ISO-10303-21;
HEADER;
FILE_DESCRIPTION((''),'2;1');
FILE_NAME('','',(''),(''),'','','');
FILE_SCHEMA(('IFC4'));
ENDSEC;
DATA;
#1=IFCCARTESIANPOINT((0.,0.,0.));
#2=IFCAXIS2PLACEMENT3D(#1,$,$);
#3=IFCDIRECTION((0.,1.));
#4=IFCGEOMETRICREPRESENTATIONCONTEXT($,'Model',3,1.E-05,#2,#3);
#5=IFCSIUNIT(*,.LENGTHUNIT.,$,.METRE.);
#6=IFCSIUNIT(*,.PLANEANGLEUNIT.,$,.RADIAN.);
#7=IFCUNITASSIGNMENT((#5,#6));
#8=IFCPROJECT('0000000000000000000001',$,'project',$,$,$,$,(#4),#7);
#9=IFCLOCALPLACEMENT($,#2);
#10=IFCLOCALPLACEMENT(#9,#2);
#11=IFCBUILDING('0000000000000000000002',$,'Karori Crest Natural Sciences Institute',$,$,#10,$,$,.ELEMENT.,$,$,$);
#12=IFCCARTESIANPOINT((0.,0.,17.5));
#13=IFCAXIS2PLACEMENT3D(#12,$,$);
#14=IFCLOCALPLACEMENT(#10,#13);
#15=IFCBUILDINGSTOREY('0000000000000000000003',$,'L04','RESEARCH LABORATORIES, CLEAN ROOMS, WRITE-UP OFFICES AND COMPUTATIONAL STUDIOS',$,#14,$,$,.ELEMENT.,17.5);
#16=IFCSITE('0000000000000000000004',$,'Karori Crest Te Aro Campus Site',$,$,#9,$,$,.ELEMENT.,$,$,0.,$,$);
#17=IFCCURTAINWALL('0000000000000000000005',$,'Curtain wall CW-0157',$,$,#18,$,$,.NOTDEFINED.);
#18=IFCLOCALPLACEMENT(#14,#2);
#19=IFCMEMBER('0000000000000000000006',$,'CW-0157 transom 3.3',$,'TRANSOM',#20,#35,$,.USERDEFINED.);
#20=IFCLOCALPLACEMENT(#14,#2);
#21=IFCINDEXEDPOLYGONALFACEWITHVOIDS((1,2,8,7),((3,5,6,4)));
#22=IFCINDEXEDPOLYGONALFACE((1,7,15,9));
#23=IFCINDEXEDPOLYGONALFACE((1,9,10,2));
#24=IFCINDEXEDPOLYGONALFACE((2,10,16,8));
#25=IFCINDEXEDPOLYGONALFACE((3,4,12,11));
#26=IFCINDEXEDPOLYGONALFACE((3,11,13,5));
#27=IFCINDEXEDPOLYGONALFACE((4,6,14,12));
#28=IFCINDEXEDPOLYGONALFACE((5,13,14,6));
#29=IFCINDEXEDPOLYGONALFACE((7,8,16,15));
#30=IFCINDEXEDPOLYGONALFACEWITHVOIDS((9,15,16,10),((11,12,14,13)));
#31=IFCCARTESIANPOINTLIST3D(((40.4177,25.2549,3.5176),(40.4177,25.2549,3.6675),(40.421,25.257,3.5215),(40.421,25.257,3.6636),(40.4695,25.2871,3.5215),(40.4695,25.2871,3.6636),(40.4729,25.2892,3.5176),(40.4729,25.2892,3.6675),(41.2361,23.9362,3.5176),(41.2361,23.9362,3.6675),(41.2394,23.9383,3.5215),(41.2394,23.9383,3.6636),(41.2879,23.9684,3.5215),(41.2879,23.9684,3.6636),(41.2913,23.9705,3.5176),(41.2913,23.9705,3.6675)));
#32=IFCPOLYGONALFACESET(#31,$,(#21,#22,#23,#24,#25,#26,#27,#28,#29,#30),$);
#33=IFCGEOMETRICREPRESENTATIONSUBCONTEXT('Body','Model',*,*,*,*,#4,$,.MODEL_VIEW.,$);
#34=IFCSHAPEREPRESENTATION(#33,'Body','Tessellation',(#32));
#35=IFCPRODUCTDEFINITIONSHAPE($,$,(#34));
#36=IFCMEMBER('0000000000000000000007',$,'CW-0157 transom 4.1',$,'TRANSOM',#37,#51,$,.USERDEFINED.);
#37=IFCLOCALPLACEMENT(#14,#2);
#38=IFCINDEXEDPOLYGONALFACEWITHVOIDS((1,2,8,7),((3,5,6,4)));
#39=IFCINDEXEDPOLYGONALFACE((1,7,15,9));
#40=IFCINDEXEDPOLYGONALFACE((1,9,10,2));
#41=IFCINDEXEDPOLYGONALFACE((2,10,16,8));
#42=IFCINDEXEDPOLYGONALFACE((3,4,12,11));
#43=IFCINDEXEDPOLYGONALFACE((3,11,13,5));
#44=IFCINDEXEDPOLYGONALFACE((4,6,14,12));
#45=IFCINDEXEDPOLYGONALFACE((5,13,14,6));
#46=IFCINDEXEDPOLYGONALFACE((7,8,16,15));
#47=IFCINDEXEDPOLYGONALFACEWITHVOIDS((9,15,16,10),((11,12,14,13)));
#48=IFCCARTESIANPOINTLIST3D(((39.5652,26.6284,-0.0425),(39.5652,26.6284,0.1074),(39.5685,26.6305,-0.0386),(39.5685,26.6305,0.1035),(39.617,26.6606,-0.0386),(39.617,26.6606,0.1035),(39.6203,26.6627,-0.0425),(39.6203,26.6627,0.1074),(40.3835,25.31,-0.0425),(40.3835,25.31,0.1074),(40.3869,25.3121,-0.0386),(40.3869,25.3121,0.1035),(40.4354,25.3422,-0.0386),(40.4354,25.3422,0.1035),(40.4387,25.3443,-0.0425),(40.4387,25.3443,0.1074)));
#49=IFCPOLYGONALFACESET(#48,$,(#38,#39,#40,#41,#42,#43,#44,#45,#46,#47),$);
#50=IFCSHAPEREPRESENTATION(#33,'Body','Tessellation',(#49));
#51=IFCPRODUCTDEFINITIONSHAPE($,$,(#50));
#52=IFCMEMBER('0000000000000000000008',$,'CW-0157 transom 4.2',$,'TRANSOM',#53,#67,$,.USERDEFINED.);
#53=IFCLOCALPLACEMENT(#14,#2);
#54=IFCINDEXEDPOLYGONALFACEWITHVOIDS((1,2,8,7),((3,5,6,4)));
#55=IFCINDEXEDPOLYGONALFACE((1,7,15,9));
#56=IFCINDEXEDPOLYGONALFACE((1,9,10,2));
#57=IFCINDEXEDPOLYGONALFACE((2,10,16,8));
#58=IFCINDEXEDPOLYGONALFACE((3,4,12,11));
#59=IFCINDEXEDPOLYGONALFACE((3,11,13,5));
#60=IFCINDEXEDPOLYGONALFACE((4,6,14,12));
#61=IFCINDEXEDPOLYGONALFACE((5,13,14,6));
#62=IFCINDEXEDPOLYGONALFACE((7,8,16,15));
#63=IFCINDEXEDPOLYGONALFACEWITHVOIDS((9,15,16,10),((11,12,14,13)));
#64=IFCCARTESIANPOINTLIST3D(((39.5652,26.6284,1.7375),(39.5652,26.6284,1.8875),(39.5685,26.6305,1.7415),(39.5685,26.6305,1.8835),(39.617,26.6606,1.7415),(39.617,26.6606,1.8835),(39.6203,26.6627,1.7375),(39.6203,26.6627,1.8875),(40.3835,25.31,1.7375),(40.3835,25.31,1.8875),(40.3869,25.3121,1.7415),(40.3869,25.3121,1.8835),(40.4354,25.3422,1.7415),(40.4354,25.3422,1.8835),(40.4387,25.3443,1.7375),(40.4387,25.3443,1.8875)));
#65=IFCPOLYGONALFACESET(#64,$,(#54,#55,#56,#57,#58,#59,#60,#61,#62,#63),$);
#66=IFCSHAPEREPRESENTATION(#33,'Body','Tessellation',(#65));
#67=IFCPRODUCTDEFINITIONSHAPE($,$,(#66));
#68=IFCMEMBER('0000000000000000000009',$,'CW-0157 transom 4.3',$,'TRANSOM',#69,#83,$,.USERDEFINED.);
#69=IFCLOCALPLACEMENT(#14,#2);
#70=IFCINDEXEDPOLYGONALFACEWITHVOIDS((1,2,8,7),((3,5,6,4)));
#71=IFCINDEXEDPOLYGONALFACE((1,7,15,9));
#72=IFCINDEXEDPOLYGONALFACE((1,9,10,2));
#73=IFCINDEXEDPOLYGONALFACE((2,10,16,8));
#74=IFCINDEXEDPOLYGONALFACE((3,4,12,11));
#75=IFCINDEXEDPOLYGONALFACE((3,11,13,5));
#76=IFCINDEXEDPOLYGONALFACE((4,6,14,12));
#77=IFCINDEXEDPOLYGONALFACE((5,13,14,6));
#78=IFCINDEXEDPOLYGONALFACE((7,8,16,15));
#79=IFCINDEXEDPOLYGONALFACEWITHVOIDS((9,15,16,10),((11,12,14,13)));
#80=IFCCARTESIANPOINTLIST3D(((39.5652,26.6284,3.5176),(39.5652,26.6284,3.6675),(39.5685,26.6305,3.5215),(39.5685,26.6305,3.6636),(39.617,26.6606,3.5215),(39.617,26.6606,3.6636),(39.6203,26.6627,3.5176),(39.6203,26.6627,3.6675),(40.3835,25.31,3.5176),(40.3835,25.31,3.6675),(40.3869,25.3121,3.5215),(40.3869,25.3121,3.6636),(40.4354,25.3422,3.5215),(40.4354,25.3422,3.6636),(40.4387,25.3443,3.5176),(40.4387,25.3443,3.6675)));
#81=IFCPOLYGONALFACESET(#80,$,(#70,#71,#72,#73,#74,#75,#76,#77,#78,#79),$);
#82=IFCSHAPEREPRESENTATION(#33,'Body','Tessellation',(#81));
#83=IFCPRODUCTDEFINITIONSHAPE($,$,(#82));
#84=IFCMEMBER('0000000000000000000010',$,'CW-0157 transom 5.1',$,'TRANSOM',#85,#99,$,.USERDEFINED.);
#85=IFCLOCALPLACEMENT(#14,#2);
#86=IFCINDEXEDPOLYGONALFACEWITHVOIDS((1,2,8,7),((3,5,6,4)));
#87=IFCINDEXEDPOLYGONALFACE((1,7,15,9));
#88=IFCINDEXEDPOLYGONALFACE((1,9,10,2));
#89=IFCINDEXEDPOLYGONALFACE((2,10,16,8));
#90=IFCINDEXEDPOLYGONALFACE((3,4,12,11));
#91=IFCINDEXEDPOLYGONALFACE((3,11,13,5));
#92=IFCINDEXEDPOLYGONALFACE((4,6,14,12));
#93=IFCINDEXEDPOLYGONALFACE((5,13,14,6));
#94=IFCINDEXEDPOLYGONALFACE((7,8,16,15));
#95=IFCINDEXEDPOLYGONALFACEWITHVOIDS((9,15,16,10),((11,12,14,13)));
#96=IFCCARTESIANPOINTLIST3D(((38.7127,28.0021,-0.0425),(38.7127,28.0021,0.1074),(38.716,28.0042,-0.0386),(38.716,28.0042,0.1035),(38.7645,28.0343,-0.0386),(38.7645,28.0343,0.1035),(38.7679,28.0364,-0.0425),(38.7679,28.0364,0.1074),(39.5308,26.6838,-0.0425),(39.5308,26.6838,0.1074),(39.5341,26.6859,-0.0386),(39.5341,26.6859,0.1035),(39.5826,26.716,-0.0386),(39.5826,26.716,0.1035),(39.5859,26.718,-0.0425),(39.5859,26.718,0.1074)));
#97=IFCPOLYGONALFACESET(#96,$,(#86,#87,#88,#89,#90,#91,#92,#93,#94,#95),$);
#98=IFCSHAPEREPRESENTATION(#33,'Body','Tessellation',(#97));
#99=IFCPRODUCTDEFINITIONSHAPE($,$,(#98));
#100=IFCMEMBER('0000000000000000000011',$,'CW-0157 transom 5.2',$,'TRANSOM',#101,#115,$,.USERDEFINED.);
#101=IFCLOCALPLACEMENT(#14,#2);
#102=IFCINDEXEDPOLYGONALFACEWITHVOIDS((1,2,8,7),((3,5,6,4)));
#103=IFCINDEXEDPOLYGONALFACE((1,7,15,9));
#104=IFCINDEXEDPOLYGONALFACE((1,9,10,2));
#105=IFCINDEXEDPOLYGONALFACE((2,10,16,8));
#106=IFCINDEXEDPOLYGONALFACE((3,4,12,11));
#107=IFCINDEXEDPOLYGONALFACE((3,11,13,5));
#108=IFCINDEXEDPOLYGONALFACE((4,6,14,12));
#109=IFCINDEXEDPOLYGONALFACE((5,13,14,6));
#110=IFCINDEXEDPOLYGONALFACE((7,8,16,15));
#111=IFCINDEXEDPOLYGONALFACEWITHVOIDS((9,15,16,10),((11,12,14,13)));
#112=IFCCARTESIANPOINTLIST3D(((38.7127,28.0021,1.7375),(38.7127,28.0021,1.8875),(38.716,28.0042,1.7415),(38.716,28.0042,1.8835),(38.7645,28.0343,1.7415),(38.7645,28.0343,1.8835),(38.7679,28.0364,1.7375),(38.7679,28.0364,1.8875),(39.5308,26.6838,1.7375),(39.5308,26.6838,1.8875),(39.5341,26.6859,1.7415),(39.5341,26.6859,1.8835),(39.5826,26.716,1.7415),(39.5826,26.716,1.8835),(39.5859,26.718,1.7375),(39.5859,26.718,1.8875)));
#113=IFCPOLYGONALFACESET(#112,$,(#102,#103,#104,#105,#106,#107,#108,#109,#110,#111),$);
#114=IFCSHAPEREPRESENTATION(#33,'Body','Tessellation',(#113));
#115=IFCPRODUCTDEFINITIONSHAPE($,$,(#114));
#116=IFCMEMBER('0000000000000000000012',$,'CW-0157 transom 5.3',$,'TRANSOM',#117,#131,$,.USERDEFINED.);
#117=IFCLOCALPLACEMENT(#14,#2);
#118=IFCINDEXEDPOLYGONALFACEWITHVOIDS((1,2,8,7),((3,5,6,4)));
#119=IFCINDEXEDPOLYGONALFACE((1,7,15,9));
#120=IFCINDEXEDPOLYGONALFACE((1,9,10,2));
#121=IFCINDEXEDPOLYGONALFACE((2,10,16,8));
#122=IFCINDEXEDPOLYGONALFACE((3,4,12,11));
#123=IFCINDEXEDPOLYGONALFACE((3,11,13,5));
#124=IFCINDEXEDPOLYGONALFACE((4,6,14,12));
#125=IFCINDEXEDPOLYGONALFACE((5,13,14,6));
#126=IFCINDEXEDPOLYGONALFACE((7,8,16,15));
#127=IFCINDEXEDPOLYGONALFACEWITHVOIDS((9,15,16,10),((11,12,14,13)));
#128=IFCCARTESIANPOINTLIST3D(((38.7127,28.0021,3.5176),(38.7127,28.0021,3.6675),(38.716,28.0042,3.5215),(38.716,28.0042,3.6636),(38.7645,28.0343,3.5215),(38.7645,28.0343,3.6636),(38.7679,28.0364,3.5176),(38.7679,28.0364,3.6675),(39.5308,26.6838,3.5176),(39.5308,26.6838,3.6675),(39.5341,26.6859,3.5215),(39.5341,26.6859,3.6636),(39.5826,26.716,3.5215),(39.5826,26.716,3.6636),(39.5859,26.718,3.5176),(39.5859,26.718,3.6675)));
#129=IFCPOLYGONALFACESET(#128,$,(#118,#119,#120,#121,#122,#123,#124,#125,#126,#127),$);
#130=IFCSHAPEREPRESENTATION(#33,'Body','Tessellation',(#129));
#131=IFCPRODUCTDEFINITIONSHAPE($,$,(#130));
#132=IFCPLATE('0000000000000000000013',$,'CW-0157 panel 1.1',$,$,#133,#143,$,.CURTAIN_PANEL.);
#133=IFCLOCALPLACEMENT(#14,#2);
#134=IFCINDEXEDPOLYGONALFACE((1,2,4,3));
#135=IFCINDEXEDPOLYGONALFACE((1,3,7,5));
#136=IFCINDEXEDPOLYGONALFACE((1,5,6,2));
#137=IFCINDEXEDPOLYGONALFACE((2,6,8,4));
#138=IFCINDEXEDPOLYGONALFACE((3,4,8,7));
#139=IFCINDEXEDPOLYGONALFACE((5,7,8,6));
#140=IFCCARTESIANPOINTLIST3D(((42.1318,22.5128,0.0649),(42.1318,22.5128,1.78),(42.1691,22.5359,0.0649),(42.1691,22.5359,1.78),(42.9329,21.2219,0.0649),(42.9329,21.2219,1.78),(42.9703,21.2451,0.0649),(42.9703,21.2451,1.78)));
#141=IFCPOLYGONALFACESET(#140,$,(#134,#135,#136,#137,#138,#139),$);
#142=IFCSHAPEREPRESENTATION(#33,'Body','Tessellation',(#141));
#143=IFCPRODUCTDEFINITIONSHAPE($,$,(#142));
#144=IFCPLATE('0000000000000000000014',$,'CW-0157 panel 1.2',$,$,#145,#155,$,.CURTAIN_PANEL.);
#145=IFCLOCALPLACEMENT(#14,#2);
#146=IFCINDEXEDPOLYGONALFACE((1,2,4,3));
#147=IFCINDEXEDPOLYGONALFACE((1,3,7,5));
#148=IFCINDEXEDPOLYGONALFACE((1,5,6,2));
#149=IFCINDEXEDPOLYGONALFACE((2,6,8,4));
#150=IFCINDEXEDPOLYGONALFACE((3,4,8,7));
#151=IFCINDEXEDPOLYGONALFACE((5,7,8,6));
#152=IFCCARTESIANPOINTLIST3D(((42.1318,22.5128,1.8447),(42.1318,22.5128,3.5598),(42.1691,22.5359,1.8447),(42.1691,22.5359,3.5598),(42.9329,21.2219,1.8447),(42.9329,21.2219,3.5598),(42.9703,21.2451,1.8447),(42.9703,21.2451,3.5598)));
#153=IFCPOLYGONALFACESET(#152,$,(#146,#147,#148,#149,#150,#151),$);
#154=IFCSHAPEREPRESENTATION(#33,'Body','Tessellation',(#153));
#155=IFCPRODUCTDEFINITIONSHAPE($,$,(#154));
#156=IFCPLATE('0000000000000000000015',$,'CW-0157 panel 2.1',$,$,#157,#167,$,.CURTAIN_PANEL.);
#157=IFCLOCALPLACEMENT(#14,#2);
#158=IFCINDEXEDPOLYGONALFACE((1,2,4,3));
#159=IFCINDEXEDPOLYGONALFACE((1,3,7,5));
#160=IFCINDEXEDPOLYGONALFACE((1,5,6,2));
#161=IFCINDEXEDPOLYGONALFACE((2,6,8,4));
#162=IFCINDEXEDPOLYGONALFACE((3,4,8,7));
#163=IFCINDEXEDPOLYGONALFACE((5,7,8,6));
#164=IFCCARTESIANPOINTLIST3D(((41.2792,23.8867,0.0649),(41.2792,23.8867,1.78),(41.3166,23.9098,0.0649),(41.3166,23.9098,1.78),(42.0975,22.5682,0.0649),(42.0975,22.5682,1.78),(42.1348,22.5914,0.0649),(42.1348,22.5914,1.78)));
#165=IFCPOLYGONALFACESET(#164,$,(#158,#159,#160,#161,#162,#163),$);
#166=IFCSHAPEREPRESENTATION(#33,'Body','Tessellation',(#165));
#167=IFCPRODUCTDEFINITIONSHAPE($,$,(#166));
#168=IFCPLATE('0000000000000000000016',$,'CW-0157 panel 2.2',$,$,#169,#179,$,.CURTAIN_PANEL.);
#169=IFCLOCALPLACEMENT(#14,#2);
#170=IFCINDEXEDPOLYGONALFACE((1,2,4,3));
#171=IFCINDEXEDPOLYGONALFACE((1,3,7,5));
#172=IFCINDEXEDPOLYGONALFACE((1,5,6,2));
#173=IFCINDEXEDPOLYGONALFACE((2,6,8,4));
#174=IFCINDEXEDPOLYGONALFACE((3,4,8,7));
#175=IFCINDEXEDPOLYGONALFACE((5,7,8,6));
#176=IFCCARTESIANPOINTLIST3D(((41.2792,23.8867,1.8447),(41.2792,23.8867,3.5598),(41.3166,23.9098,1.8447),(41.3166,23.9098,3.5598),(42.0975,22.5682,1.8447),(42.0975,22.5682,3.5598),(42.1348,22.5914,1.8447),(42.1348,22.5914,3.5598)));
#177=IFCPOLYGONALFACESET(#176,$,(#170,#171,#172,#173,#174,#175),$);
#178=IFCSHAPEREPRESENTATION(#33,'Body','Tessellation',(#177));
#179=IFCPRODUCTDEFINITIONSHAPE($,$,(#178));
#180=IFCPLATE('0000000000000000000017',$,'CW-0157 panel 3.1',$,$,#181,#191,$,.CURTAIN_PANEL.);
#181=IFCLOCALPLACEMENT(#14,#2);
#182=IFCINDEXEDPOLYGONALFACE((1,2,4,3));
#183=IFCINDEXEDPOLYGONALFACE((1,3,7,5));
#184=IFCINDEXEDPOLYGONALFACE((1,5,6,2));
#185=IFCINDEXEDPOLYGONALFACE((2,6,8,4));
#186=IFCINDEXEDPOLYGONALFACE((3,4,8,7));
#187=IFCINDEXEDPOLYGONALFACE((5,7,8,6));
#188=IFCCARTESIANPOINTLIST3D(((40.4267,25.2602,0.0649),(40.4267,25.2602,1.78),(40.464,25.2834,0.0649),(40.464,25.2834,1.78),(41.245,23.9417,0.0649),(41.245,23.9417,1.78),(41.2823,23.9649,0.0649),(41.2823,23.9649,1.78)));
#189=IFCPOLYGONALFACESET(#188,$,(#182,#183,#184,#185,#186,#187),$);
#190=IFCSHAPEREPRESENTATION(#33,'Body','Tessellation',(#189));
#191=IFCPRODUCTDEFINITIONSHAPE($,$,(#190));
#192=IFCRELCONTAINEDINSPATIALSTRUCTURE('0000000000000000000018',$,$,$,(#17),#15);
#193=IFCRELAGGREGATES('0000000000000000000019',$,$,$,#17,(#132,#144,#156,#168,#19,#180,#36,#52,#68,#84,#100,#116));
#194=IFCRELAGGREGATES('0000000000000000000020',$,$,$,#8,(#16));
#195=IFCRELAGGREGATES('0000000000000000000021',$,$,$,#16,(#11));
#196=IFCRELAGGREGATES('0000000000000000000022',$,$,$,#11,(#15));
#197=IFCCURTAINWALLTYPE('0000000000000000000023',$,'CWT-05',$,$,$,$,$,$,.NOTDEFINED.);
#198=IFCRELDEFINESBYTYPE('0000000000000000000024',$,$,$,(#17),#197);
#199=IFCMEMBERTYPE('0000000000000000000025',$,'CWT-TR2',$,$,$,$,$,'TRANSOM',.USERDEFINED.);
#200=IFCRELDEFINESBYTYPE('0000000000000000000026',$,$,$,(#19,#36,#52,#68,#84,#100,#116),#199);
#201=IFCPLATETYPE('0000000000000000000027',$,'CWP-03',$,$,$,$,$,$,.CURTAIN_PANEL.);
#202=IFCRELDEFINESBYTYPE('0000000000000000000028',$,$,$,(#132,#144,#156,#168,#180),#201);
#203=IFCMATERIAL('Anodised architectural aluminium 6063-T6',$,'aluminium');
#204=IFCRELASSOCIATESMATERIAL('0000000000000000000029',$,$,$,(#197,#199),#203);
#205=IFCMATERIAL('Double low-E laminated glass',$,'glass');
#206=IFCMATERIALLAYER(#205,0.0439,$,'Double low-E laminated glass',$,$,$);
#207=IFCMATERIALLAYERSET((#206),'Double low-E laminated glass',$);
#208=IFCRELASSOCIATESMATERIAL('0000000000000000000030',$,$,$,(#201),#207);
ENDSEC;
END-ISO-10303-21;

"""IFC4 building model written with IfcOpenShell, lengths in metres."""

from ifc_helpers import new_model, si_unit, direction, frame, origin, origin_2d, place, context, subcontext, project, spatial, rectangle, hollow_rectangle, extrude, material, layer, layer_set, material_profile, profile_set, type_object, element, aggregate, save


model = new_model("IFC4")

# Units and contexts
model_context = context("Model", 3, precision=1e-05, world=origin(), true_north=direction((0.0, 1.0)))
body_context = subcontext(model_context, "Body", "Model", "MODEL_VIEW")
ifc_project = project(units=[si_unit("LENGTHUNIT", "METRE"), si_unit("PLANEANGLEUNIT", "RADIAN")], contexts=[model_context])

# Site, building, storey
site_placement = place(None, origin())
site = spatial("IfcSite", under=ifc_project, at=site_placement, Name="Karori Crest Te Aro Campus Site", CompositionType="ELEMENT", RefElevation=0.0)
building_placement = place(site_placement, origin())
building = spatial("IfcBuilding", under=site, at=building_placement, Name="Karori Crest Natural Sciences Institute", CompositionType="ELEMENT")
storey_placement = place(building_placement, frame((0.0, 0.0, 17.5)))
storey = spatial("IfcBuildingStorey", under=building, at=storey_placement, Name="L04", Description="RESEARCH LABORATORIES, CLEAN ROOMS, WRITE-UP OFFICES AND COMPUTATIONAL STUDIOS", CompositionType="ELEMENT", Elevation=17.5)

# Curtain wall, members, plates
ifc_material_1 = material(Name="Anodised architectural aluminium 6063-T6", Category="aluminium")
curtain_wall_type = type_object("IfcCurtainWallType", Name="CWT-05", PredefinedType="NOTDEFINED", material=ifc_material_1)
curtain_wall_placement = place(storey_placement, origin())
curtain_wall = element("IfcCurtainWall", 1, at=curtain_wall_placement, inside=storey, type_object=curtain_wall_type, Name="Curtain wall CW-0157", PredefinedType="NOTDEFINED")
ifc_material_profile_1 = material_profile(ifc_material_1, hollow_rectangle(XDim=0.0649, YDim=0.1499, WallThickness=0.0039, at=origin_2d()), Name="CWT150x65x4")
ifc_profile_set_1 = profile_set([ifc_material_profile_1], Name="Anodised architectural aluminium 6063-T6")
member_type_1 = type_object("IfcMemberType", Name="CWT-TR2", ElementType="TRANSOM", PredefinedType="USERDEFINED", material=ifc_profile_set_1)
member_1_placement = place(storey_placement, frame((41.2637, 23.9534, 3.5925), z_axis=(-0.527324, 0.849664, 0.0), x_axis=(-0.849664, -0.527324, 0.0)))
member_1 = element("IfcMember", 2, at=member_1_placement, type_object=member_type_1, Name="CW-0157 transom 3.3", ObjectType="TRANSOM", PredefinedType="USERDEFINED", context=body_context, shape_type="SweptSolid", body=[
    extrude(hollow_rectangle(XDim=0.0649, YDim=0.1499, WallThickness=0.0039, at=origin_2d()), origin(), (0.0, 0.0, 1.0), 1.552),
])
member_2_placement = place(storey_placement, frame((40.4111, 25.3271, 0.0325), z_axis=(-0.527394, 0.849621, 0.0), x_axis=(-0.849621, -0.527394, 0.0)))
member_2 = element("IfcMember", 3, at=member_2_placement, type_object=member_type_1, Name="CW-0157 transom 4.1", ObjectType="TRANSOM", PredefinedType="USERDEFINED", context=body_context, shape_type="SweptSolid", body=[
    extrude(hollow_rectangle(XDim=0.0649, YDim=0.1499, WallThickness=0.0039, at=origin_2d()), origin(), (0.0, 0.0, 1.0), 1.5518),
])
member_3_placement = place(storey_placement, frame((40.4111, 25.3271, 1.8125), z_axis=(-0.527394, 0.849621, 0.0), x_axis=(-0.849621, -0.527394, 0.0)))
member_3 = element("IfcMember", 4, at=member_3_placement, type_object=member_type_1, Name="CW-0157 transom 4.2", ObjectType="TRANSOM", PredefinedType="USERDEFINED", context=body_context, shape_type="SweptSolid", body=[
    extrude(hollow_rectangle(XDim=0.0649, YDim=0.1499, WallThickness=0.0039, at=origin_2d()), origin(), (0.0, 0.0, 1.0), 1.5518),
])
member_4_placement = place(storey_placement, frame((40.4111, 25.3271, 3.5925), z_axis=(-0.527394, 0.849621, 0.0), x_axis=(-0.849621, -0.527394, 0.0)))
member_4 = element("IfcMember", 5, at=member_4_placement, type_object=member_type_1, Name="CW-0157 transom 4.3", ObjectType="TRANSOM", PredefinedType="USERDEFINED", context=body_context, shape_type="SweptSolid", body=[
    extrude(hollow_rectangle(XDim=0.0649, YDim=0.1499, WallThickness=0.0039, at=origin_2d()), origin(), (0.0, 0.0, 1.0), 1.5518),
])
member_5_placement = place(storey_placement, frame((39.5583, 26.7009, 0.0325), z_axis=(-0.527281, 0.849691, 0.0), x_axis=(-0.849691, -0.527281, 0.0)))
member_5 = element("IfcMember", 6, at=member_5_placement, type_object=member_type_1, Name="CW-0157 transom 5.1", ObjectType="TRANSOM", PredefinedType="USERDEFINED", context=body_context, shape_type="SweptSolid", body=[
    extrude(hollow_rectangle(XDim=0.0649, YDim=0.1499, WallThickness=0.0039, at=origin_2d()), origin(), (0.0, 0.0, 1.0), 1.5515),
])
member_6_placement = place(storey_placement, frame((39.5583, 26.7009, 1.8125), z_axis=(-0.527281, 0.849691, 0.0), x_axis=(-0.849691, -0.527281, 0.0)))
member_6 = element("IfcMember", 7, at=member_6_placement, type_object=member_type_1, Name="CW-0157 transom 5.2", ObjectType="TRANSOM", PredefinedType="USERDEFINED", context=body_context, shape_type="SweptSolid", body=[
    extrude(hollow_rectangle(XDim=0.0649, YDim=0.1499, WallThickness=0.0039, at=origin_2d()), origin(), (0.0, 0.0, 1.0), 1.5515),
])
member_7_placement = place(storey_placement, frame((39.5583, 26.7009, 3.5925), z_axis=(-0.527281, 0.849691, 0.0), x_axis=(-0.849691, -0.527281, 0.0)))
member_7 = element("IfcMember", 8, at=member_7_placement, type_object=member_type_1, Name="CW-0157 transom 5.3", ObjectType="TRANSOM", PredefinedType="USERDEFINED", context=body_context, shape_type="SweptSolid", body=[
    extrude(hollow_rectangle(XDim=0.0649, YDim=0.1499, WallThickness=0.0039, at=origin_2d()), origin(), (0.0, 0.0, 1.0), 1.5515),
])
ifc_material_2 = material(Name="Double low-E laminated glass", Category="glass")
ifc_layer_1 = layer(ifc_material_2, 0.0439, Name="Double low-E laminated glass")
ifc_layer_set_1 = layer_set([ifc_layer_1], Name="Double low-E laminated glass")
plate_type = type_object("IfcPlateType", Name="CWP-03", PredefinedType="CURTAIN_PANEL", material=ifc_layer_set_1)
plate_1_placement = place(storey_placement, frame((42.551, 21.8789, 0.0649), z_axis=(0.0, 0.0, 1.0), x_axis=(-0.527328, 0.849662, 0.0)))
plate_1 = element("IfcPlate", 9, at=plate_1_placement, type_object=plate_type, Name="CW-0157 panel 1.1", PredefinedType="CURTAIN_PANEL", context=body_context, shape_type="SweptSolid", body=[
    extrude(rectangle(XDim=1.5193, YDim=0.0439, at=origin_2d()), origin(), (0.0, 0.0, 1.0), 1.7151),
])
plate_2_placement = place(storey_placement, frame((42.551, 21.8789, 1.8447), z_axis=(0.0, 0.0, 1.0), x_axis=(-0.527328, 0.849662, 0.0)))
plate_2 = element("IfcPlate", 10, at=plate_2_placement, type_object=plate_type, Name="CW-0157 panel 1.2", PredefinedType="CURTAIN_PANEL", context=body_context, shape_type="SweptSolid", body=[
    extrude(rectangle(XDim=1.5193, YDim=0.0439, at=origin_2d()), origin(), (0.0, 0.0, 1.0), 1.7151),
])
plate_3_placement = place(storey_placement, frame((41.707, 23.239, 0.0649), z_axis=(0.0, 0.0, 1.0), x_axis=(-0.527328, 0.849662, 0.0)))
plate_3 = element("IfcPlate", 11, at=plate_3_placement, type_object=plate_type, Name="CW-0157 panel 2.1", PredefinedType="CURTAIN_PANEL", context=body_context, shape_type="SweptSolid", body=[
    extrude(rectangle(XDim=1.5518, YDim=0.0439, at=origin_2d()), origin(), (0.0, 0.0, 1.0), 1.7151),
])
plate_4_placement = place(storey_placement, frame((41.707, 23.239, 1.8447), z_axis=(0.0, 0.0, 1.0), x_axis=(-0.527328, 0.849662, 0.0)))
plate_4 = element("IfcPlate", 12, at=plate_4_placement, type_object=plate_type, Name="CW-0157 panel 2.2", PredefinedType="CURTAIN_PANEL", context=body_context, shape_type="SweptSolid", body=[
    extrude(rectangle(XDim=1.5518, YDim=0.0439, at=origin_2d()), origin(), (0.0, 0.0, 1.0), 1.7151),
])
plate_5_placement = place(storey_placement, frame((40.8545, 24.6125, 0.0649), z_axis=(0.0, 0.0, 1.0), x_axis=(-0.527328, 0.849662, 0.0)))
plate_5 = element("IfcPlate", 13, at=plate_5_placement, type_object=plate_type, Name="CW-0157 panel 3.1", PredefinedType="CURTAIN_PANEL", context=body_context, shape_type="SweptSolid", body=[
    extrude(rectangle(XDim=1.5518, YDim=0.0439, at=origin_2d()), origin(), (0.0, 0.0, 1.0), 1.7151),
])
aggregate(curtain_wall, [plate_1, plate_2, plate_3, plate_4, member_1, plate_5, member_2, member_3, member_4, member_5, member_6, member_7])

save(model, "model.ifc")
